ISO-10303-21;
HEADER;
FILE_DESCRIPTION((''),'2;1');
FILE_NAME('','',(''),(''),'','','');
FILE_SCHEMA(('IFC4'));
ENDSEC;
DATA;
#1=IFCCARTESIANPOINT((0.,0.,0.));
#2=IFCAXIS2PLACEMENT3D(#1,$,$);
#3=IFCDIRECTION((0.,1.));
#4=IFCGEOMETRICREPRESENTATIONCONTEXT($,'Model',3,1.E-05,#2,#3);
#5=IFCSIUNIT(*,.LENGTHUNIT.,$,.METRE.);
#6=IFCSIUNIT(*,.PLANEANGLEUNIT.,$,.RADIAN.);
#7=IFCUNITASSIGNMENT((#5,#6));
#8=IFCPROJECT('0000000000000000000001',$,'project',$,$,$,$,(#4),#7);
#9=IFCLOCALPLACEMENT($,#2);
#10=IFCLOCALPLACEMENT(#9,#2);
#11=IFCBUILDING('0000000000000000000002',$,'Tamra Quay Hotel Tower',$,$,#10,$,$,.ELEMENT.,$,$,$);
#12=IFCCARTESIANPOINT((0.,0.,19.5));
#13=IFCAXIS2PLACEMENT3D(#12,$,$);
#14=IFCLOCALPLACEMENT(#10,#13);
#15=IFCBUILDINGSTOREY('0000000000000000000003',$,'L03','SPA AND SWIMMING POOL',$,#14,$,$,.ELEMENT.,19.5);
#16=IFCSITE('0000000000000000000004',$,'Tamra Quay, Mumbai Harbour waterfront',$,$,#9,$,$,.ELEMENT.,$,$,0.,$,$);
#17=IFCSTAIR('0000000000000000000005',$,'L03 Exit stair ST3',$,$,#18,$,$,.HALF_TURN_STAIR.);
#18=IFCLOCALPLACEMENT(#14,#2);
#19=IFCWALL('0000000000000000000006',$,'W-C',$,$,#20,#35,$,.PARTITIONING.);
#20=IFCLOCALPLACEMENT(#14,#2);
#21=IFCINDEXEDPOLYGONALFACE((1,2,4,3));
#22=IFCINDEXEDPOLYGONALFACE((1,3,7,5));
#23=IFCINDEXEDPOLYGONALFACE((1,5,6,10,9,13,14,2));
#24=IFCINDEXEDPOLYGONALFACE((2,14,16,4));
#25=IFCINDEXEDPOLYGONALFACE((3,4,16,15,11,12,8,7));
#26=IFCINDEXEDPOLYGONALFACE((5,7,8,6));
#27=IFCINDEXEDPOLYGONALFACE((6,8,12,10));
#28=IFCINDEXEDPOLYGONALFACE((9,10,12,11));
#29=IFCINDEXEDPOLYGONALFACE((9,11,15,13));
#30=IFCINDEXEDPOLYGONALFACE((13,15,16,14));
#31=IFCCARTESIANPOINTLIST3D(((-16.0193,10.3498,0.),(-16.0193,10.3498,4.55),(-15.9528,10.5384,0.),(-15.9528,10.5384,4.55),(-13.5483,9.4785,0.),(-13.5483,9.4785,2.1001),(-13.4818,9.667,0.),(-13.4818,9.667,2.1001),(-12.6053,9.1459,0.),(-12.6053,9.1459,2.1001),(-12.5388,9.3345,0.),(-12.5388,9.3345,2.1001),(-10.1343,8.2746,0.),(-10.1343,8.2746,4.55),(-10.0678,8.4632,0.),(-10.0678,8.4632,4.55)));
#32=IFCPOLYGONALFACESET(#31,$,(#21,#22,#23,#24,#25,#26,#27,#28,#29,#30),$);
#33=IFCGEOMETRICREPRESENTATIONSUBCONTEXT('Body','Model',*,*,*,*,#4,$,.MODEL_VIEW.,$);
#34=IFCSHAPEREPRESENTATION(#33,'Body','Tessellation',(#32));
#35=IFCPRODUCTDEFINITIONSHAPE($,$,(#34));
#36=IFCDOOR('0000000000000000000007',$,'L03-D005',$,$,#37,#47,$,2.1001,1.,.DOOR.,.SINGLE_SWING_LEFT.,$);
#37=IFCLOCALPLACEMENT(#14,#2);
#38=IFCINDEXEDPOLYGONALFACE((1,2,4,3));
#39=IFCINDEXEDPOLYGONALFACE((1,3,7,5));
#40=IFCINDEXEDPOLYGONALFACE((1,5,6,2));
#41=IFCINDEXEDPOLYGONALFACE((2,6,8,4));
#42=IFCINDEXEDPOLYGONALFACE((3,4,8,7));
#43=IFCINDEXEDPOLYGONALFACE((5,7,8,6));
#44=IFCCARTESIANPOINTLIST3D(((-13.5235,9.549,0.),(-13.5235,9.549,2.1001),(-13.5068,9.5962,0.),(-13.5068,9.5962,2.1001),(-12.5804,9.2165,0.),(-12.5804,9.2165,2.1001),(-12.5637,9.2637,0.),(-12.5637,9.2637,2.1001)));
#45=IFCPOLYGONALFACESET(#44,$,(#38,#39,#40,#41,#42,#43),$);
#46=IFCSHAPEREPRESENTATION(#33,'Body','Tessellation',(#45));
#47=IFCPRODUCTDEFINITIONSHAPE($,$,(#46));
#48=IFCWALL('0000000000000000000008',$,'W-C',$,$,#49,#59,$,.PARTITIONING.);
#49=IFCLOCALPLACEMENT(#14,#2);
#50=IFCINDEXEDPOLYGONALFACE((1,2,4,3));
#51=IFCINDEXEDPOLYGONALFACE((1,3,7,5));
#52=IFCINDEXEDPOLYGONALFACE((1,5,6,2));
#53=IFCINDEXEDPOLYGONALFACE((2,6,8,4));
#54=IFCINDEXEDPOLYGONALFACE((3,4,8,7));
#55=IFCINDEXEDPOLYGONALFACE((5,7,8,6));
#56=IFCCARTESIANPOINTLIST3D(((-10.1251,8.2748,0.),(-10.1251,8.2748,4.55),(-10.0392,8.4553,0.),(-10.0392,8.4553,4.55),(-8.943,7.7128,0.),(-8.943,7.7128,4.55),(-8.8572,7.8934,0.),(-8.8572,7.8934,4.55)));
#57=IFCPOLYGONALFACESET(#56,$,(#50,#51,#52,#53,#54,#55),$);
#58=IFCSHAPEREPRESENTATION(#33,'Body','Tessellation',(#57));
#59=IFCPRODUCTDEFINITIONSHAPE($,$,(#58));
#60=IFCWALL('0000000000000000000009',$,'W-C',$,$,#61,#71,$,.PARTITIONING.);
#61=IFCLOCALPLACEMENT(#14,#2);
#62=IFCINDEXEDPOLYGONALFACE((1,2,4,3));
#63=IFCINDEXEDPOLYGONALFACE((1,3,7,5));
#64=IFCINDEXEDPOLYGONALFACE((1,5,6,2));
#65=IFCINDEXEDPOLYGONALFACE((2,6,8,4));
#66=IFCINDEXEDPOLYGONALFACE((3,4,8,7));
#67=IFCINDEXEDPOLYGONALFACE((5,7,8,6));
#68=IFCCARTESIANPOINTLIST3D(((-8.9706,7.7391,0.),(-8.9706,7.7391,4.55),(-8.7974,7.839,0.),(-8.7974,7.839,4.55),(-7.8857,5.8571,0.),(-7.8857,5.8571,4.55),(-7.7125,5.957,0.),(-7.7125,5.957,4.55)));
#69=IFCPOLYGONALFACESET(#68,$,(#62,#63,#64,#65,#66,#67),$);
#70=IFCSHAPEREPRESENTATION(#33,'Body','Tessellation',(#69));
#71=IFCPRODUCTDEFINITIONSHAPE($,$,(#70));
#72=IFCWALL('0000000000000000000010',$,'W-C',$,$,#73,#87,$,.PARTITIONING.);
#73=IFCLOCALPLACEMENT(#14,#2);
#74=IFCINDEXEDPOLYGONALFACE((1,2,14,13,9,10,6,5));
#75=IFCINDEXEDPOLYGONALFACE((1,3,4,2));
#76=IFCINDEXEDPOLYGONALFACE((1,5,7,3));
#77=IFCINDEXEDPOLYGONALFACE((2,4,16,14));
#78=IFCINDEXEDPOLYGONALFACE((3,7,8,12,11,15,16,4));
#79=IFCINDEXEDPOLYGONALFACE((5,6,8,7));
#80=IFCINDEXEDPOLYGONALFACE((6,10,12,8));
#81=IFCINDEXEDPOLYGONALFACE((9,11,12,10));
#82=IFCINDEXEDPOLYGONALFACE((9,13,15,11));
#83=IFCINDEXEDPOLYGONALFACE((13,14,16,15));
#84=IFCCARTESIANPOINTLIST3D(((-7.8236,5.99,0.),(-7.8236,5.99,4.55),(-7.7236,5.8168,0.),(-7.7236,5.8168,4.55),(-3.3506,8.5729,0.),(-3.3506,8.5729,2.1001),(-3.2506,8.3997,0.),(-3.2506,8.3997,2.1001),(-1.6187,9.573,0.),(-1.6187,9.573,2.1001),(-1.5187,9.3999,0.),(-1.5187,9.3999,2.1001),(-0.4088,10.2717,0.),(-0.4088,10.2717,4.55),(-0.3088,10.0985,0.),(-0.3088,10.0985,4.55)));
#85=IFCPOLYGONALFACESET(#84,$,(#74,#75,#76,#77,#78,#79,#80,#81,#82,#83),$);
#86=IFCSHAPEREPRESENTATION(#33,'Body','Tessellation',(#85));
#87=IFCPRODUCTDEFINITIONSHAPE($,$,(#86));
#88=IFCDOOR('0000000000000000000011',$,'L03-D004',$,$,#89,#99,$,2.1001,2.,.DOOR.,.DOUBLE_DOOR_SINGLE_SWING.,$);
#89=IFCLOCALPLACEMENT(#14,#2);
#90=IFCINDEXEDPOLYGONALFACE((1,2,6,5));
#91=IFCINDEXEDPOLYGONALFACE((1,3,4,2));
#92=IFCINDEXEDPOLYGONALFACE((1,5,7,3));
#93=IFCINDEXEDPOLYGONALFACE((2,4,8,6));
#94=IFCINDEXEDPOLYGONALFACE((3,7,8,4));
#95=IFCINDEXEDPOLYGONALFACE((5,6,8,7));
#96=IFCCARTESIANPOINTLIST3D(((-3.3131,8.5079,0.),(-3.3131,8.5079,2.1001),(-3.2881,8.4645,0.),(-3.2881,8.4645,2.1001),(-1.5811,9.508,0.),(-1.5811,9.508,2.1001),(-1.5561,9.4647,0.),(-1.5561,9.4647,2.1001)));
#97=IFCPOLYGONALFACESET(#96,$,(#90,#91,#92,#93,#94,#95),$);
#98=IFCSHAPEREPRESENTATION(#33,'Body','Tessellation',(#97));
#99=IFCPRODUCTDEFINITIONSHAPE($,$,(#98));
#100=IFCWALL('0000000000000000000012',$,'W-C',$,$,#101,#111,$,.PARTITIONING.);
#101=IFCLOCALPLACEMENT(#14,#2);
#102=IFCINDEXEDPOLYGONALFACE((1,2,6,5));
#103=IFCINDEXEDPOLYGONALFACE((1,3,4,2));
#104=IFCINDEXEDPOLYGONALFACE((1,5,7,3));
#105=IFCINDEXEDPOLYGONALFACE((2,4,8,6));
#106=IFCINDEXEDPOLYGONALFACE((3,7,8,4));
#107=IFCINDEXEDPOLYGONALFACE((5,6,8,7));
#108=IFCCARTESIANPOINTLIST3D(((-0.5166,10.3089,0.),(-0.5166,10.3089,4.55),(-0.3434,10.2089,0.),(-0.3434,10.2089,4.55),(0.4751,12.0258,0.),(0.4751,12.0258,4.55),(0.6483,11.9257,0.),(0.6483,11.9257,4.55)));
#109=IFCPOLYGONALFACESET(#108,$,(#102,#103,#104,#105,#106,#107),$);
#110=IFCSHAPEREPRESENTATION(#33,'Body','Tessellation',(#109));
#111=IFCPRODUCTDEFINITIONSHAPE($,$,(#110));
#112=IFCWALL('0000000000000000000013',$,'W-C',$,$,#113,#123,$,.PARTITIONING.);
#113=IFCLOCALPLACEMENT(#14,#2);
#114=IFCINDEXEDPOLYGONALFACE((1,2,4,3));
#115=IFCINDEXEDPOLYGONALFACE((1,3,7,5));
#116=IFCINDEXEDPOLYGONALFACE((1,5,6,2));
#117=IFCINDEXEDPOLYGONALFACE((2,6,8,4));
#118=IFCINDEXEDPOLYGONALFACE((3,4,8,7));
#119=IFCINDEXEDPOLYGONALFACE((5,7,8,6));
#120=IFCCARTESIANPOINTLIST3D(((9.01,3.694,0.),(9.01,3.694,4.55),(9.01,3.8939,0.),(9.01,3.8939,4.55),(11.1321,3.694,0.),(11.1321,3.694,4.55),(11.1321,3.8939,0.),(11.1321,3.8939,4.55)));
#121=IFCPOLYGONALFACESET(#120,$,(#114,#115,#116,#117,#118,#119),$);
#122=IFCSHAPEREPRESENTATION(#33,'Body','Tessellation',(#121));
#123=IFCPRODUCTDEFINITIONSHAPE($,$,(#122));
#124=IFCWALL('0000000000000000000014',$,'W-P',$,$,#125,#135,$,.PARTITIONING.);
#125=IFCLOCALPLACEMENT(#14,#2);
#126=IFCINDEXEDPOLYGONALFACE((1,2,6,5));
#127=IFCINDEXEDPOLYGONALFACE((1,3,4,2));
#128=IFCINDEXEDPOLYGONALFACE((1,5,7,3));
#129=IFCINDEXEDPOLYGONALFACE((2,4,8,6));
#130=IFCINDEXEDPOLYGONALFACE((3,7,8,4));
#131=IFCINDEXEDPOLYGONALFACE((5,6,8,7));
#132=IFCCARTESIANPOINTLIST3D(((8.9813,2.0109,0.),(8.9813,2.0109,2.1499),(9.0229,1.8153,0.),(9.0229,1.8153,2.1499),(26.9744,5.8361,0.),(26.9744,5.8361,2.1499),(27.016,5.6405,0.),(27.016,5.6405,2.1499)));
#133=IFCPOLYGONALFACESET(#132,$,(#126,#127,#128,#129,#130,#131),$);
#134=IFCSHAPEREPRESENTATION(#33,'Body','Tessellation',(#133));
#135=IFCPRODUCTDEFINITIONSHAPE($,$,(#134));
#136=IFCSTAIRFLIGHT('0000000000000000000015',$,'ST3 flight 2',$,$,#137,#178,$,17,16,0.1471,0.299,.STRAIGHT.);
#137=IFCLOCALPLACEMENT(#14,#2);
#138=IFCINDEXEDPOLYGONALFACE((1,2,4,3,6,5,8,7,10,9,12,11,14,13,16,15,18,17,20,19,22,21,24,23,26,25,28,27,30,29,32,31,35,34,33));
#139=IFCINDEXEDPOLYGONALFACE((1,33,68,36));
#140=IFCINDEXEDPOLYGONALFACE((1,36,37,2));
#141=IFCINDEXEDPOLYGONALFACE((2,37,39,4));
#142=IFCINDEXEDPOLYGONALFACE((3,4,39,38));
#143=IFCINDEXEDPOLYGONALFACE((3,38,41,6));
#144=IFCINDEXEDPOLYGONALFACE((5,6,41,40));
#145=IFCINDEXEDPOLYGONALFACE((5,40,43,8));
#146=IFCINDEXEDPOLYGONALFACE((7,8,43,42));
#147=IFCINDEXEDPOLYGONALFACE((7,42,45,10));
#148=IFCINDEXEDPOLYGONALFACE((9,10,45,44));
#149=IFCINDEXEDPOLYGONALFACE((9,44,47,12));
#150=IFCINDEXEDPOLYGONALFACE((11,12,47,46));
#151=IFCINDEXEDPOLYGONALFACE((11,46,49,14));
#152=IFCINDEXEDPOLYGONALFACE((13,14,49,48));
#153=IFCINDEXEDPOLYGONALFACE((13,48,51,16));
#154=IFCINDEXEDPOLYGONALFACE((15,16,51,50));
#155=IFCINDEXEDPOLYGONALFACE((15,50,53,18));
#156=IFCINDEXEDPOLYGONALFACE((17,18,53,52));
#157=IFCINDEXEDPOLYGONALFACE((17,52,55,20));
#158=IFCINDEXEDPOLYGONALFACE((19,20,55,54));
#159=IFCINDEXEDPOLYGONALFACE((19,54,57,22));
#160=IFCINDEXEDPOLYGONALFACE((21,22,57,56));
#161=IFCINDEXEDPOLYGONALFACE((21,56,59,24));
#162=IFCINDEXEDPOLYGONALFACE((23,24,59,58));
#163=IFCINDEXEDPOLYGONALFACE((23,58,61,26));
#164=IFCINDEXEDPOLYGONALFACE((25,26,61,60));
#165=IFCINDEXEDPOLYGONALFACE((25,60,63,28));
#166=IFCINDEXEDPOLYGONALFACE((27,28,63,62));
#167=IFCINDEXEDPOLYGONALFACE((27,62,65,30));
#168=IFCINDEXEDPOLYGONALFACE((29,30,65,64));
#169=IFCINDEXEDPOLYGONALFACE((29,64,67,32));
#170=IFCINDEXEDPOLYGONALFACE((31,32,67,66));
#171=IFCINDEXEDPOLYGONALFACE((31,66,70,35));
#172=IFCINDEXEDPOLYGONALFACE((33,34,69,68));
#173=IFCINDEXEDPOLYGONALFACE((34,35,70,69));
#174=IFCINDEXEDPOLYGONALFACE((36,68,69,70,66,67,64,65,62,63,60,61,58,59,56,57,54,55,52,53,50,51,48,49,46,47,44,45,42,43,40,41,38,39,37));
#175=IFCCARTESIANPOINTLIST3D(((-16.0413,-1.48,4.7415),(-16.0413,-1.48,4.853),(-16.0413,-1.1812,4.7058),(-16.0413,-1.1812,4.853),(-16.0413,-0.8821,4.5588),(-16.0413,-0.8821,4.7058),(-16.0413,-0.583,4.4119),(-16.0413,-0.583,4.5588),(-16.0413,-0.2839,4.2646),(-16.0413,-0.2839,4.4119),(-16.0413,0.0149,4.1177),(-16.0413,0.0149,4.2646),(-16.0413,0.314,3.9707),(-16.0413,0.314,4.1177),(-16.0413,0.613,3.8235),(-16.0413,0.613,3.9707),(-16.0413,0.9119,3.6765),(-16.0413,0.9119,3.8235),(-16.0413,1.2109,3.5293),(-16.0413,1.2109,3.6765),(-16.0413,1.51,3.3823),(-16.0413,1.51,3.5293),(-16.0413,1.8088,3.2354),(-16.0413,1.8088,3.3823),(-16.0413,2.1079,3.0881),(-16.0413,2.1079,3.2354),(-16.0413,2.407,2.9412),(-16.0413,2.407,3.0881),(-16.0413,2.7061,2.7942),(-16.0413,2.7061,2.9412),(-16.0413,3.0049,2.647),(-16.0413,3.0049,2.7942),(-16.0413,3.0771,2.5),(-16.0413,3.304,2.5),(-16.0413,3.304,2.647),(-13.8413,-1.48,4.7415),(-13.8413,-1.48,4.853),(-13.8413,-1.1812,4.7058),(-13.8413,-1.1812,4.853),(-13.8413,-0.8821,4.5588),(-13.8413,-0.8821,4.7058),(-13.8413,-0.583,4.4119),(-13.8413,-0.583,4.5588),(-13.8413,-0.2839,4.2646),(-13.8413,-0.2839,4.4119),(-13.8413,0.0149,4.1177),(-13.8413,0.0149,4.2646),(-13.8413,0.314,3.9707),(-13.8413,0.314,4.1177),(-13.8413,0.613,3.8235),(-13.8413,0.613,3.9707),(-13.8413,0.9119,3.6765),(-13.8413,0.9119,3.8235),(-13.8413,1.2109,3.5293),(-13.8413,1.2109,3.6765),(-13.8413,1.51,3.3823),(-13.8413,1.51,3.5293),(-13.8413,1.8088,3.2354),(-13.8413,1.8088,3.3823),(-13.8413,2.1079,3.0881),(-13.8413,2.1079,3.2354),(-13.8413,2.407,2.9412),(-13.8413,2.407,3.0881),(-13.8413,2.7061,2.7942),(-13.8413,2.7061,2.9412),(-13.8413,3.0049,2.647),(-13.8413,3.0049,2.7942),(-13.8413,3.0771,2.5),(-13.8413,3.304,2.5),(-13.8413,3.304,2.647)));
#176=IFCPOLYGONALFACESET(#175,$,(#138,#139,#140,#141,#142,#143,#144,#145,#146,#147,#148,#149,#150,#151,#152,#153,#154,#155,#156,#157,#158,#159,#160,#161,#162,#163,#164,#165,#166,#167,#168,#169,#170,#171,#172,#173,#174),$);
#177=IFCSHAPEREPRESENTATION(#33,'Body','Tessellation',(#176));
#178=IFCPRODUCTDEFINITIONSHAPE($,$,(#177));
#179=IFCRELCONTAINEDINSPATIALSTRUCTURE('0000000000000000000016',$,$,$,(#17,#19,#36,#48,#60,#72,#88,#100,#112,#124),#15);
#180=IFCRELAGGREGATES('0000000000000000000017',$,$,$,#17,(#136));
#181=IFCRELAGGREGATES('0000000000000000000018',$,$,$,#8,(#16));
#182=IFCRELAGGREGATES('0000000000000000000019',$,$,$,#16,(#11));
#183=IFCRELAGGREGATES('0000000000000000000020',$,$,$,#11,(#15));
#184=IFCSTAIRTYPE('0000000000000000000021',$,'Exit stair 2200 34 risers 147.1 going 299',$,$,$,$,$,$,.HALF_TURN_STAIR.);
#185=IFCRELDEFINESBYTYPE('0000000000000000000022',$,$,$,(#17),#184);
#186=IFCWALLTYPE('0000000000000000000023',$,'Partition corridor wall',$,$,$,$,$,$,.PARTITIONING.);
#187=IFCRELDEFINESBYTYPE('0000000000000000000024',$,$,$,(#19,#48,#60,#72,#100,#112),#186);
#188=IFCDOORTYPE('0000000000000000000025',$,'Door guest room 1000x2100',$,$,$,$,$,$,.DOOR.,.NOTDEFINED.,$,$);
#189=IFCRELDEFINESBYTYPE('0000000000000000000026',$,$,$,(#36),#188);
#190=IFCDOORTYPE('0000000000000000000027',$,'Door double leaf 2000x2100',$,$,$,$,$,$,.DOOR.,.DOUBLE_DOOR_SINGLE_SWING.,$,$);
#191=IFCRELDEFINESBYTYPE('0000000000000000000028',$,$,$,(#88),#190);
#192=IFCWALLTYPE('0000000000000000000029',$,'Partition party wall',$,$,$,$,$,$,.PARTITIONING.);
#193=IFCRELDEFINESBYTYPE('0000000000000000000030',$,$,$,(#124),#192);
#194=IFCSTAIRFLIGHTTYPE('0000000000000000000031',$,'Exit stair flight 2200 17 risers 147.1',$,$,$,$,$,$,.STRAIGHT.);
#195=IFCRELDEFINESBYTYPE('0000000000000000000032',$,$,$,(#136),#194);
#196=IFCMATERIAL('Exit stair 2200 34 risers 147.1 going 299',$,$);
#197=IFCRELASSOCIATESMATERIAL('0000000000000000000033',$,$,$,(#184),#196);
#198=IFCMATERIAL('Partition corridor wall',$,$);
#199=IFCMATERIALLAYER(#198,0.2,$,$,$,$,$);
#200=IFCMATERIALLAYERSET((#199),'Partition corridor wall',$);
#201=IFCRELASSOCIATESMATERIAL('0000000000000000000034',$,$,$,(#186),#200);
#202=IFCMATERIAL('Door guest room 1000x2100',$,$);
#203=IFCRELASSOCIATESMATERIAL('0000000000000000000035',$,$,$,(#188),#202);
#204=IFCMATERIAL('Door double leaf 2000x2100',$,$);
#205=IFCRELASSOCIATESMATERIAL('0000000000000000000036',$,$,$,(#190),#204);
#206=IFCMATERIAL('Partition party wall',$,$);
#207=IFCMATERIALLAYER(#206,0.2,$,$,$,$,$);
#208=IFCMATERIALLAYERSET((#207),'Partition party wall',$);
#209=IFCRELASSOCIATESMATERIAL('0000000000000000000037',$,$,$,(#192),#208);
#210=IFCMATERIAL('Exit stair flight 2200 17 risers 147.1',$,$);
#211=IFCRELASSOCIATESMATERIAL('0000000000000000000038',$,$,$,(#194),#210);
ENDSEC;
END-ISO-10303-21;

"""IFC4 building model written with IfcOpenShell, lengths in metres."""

from ifc_helpers import new_model, si_unit, direction, frame, frame_2d, origin, place, context, subcontext, project, spatial, polyline, rectangle, outline, extrude, material, layer, layer_set, type_object, element, fill, aggregate, save


model = new_model("IFC4")

# Units and contexts
model_context = context("Model", 3, precision=1e-05, world=origin(), true_north=direction((0.0, 1.0)))
body_context = subcontext(model_context, "Body", "Model", "MODEL_VIEW")
ifc_project = project(units=[si_unit("LENGTHUNIT", "METRE"), si_unit("PLANEANGLEUNIT", "RADIAN")], contexts=[model_context])

# Site, building, storey
site_placement = place(None, origin())
site = spatial("IfcSite", under=ifc_project, at=site_placement, Name="Tamra Quay, Mumbai Harbour waterfront", CompositionType="ELEMENT", RefElevation=0.0)
building_placement = place(site_placement, origin())
building = spatial("IfcBuilding", under=site, at=building_placement, Name="Tamra Quay Hotel Tower", CompositionType="ELEMENT")
storey_placement = place(building_placement, frame((0.0, 0.0, 19.5)))
storey = spatial("IfcBuildingStorey", under=building, at=storey_placement, Name="L03", Description="SPA AND SWIMMING POOL", CompositionType="ELEMENT", Elevation=19.5)

# Stair
ifc_material_1 = material(Name="Exit stair 2200 34 risers 147.1 going 299")
stair_type = type_object("IfcStairType", Name="Exit stair 2200 34 risers 147.1 going 299", PredefinedType="HALF_TURN_STAIR", material=ifc_material_1)
stair_1_placement = place(storey_placement, origin())
stair_1 = element("IfcStair", 1, at=stair_1_placement, inside=storey, type_object=stair_type, Name="L03 Exit stair ST3", PredefinedType="HALF_TURN_STAIR")

# Wall, opening, door
ifc_material_2 = material(Name="Partition corridor wall")
ifc_layer_1 = layer(ifc_material_2, 0.2)
ifc_layer_set_1 = layer_set([ifc_layer_1], Name="Partition corridor wall")
wall_type_1 = type_object("IfcWallType", Name="Partition corridor wall", PredefinedType="PARTITIONING", material=ifc_layer_set_1)
wall_1_placement = place(storey_placement, frame((-15.9861, 10.4441, 0.0), z_axis=(0.0, 0.0, 1.0), x_axis=(0.943084, -0.332554, 0.0)))
wall_1 = element("IfcWall", 2, at=wall_1_placement, inside=storey, type_object=wall_type_1, Name="W-C", PredefinedType="PARTITIONING", context=body_context, shape_type="SweptSolid", body=[
    extrude(rectangle(XDim=6.2402, YDim=0.2, at=frame_2d((3.1201, 0.0))), origin(), (0.0, 0.0, 1.0), 4.55),
])
opening_1_placement = place(wall_1_placement, frame((2.6201, 0.0, 0.0)))
opening_1 = element("IfcOpeningElement", 3, at=opening_1_placement, cuts=wall_1, PredefinedType="OPENING", context=body_context, shape_type="SweptSolid", body=[
    extrude(rectangle(XDim=1.0, YDim=2.1001, at=frame_2d((0.5, 1.05))), frame((0.0, 0.1099, 0.0), z_axis=(0.0, -1.0, 0.0), x_axis=(1.0, 0.0, 0.0)), (0.0, 0.0, 1.0), 0.22),
])
ifc_material_3 = material(Name="Door guest room 1000x2100")
door_type_1 = type_object("IfcDoorType", Name="Door guest room 1000x2100", OperationType="NOTDEFINED", PredefinedType="DOOR", material=ifc_material_3)
door_1_placement = place(opening_1_placement, origin())
door_1 = element("IfcDoor", 4, at=door_1_placement, inside=storey, type_object=door_type_1, Name="L03-D005", OperationType="SINGLE_SWING_LEFT", OverallHeight=2.1001, OverallWidth=1.0, PredefinedType="DOOR", context=body_context, shape_type="SweptSolid", body=[
    extrude(rectangle(XDim=1.0, YDim=2.1001, at=frame_2d((0.5, 1.05))), frame((0.0, 0.0249, 0.0), z_axis=(0.0, -1.0, 0.0), x_axis=(1.0, 0.0, 0.0)), (0.0, 0.0, 1.0), 0.05),
])
fill(opening_1, door_1)

# Walls
wall_2_placement = place(storey_placement, frame((-10.082, 8.365, 0.0), z_axis=(0.0, 0.0, 1.0), x_axis=(0.903129, -0.429369, 0.0)))
element("IfcWall", 5, at=wall_2_placement, inside=storey, type_object=wall_type_1, Name="W-C", PredefinedType="PARTITIONING", context=body_context, shape_type="SweptSolid", body=[
    extrude(rectangle(XDim=1.3088, YDim=0.2, at=frame_2d((0.6543, 0.0))), origin(), (0.0, 0.0, 1.0), 4.55),
])
wall_3_placement = place(storey_placement, frame((-8.884, 7.7891, 0.0), z_axis=(0.0, 0.0, 1.0), x_axis=(0.499427, -0.866356, 0.0)))
element("IfcWall", 6, at=wall_3_placement, inside=storey, type_object=wall_type_1, Name="W-C", PredefinedType="PARTITIONING", context=body_context, shape_type="SweptSolid", body=[
    extrude(rectangle(XDim=2.1724, YDim=0.2, at=frame_2d((1.0862, 0.0))), origin(), (0.0, 0.0, 1.0), 4.55),
])

# Wall, opening, door
wall_4_placement = place(storey_placement, frame((-7.7737, 5.9033, 0.0), z_axis=(0.0, 0.0, 1.0), x_axis=(0.865985, 0.50007, 0.0)))
wall_4 = element("IfcWall", 7, at=wall_4_placement, inside=storey, type_object=wall_type_1, Name="W-C", PredefinedType="PARTITIONING", context=body_context, shape_type="SweptSolid", body=[
    extrude(rectangle(XDim=8.5623, YDim=0.2, at=frame_2d((4.2812, 0.0))), origin(), (0.0, 0.0, 1.0), 4.55),
])
opening_2_placement = place(wall_4_placement, frame((5.1653, 0.0, 0.0)))
opening_2 = element("IfcOpeningElement", 8, at=opening_2_placement, cuts=wall_4, PredefinedType="OPENING", context=body_context, shape_type="SweptSolid", body=[
    extrude(rectangle(XDim=2.0, YDim=2.1001, at=frame_2d((1.0, 1.05))), frame((0.0, 0.1099, 0.0), z_axis=(0.0, -1.0, 0.0), x_axis=(1.0, 0.0, 0.0)), (0.0, 0.0, 1.0), 0.22),
])
ifc_material_4 = material(Name="Door double leaf 2000x2100")
door_type_2 = type_object("IfcDoorType", Name="Door double leaf 2000x2100", OperationType="DOUBLE_DOOR_SINGLE_SWING", PredefinedType="DOOR", material=ifc_material_4)
door_2_placement = place(opening_2_placement, origin())
door_2 = element("IfcDoor", 9, at=door_2_placement, inside=storey, type_object=door_type_2, Name="L03-D004", OperationType="DOUBLE_DOOR_SINGLE_SWING", OverallHeight=2.1001, OverallWidth=2.0, PredefinedType="DOOR", context=body_context, shape_type="SweptSolid", body=[
    extrude(rectangle(XDim=2.0, YDim=2.1001, at=frame_2d((1.0, 1.05))), frame((0.0, 0.0249, 0.0), z_axis=(0.0, -1.0, 0.0), x_axis=(1.0, 0.0, 0.0)), (0.0, 0.0, 1.0), 0.05),
])
fill(opening_2, door_2)

# Walls
wall_5_placement = place(storey_placement, frame((-0.4299, 10.259, 0.0), z_axis=(0.0, 0.0, 1.0), x_axis=(0.500191, 0.865915, 0.0)))
element("IfcWall", 10, at=wall_5_placement, inside=storey, type_object=wall_type_1, Name="W-C", PredefinedType="PARTITIONING", context=body_context, shape_type="SweptSolid", body=[
    extrude(rectangle(XDim=1.9827, YDim=0.2, at=frame_2d((0.9912, 0.0))), origin(), (0.0, 0.0, 1.0), 4.55),
])
wall_6_placement = place(storey_placement, frame((9.01, 3.7939, 0.0), z_axis=(0.0, 0.0, 1.0), x_axis=(1.0, 0.0, 0.0)))
element("IfcWall", 11, at=wall_6_placement, inside=storey, type_object=wall_type_1, Name="W-C", PredefinedType="PARTITIONING", context=body_context, shape_type="SweptSolid", body=[
    extrude(rectangle(XDim=2.1221, YDim=0.2, at=frame_2d((1.061, 0.0))), origin(), (0.0, 0.0, 1.0), 4.55),
])
ifc_material_5 = material(Name="Partition party wall")
ifc_layer_2 = layer(ifc_material_5, 0.2)
ifc_layer_set_2 = layer_set([ifc_layer_2], Name="Partition party wall")
wall_type_2 = type_object("IfcWallType", Name="Partition party wall", PredefinedType="PARTITIONING", material=ifc_layer_set_2)
wall_7_placement = place(storey_placement, frame((9.002, 1.9131, 0.0), z_axis=(0.0, 0.0, 1.0), x_axis=(0.978141, 0.207944, 0.0)))
element("IfcWall", 12, at=wall_7_placement, inside=storey, type_object=wall_type_2, Name="W-P", PredefinedType="PARTITIONING", context=body_context, shape_type="SweptSolid", body=[
    extrude(rectangle(XDim=18.3953, YDim=0.2, at=frame_2d((9.1978, 0.0))), origin(), (0.0, 0.0, 1.0), 2.1499),
])

# Stair flight
ifc_material_6 = material(Name="Exit stair flight 2200 17 risers 147.1")
stair_flight_type = type_object("IfcStairFlightType", Name="Exit stair flight 2200 17 risers 147.1", PredefinedType="STRAIGHT", material=ifc_material_6)
stair_flight_placement = place(storey_placement, frame((-14.9414, 3.304, 2.5), z_axis=(0.0, 0.0, 1.0), x_axis=(0.0, -1.0, 0.0)))
stair_flight = element("IfcStairFlight", 13, at=stair_flight_placement, type_object=stair_flight_type, Name="ST3 flight 2", NumberOfRisers=17, NumberOfTreads=16, PredefinedType="STRAIGHT", RiserHeight=0.1471, TreadLength=0.299, context=body_context, shape_type="SweptSolid", body=[
    extrude(outline(polyline([(0.0, 0.0), (0.0, 0.147), (0.2991, 0.147), (0.2991, 0.2942), (0.5979, 0.2942), (0.5979, 0.4412), (0.897, 0.4412), (0.897, 0.5881), (1.196, 0.5881), (1.196, 0.7354), (1.4951, 0.7354), (1.4951, 0.8823), (1.7939, 0.8823), (1.7939, 1.0293), (2.093, 1.0293), (2.093, 1.1765), (2.3921, 1.1765), (2.3921, 1.3235), (2.6909, 1.3235), (2.6909, 1.4707), (2.99, 1.4707), (2.99, 1.6177), (3.2891, 1.6177), (3.2891, 1.7646), (3.5879, 1.7646), (3.5879, 1.9119), (3.887, 1.9119), (3.887, 2.0588), (4.186, 2.0588), (4.186, 2.2058), (4.4851, 2.2058), (4.4851, 2.353), (4.7839, 2.353), (4.7839, 2.5), (4.7839, 2.2415), (0.2268, 0.0), (0.0, 0.0)])), frame((0.0, 1.1001, 0.0), z_axis=(0.0, -1.0, 0.0), x_axis=(1.0, 0.0, 0.0)), (0.0, 0.0, 1.0), 2.2),
])
aggregate(stair_1, [stair_flight])

save(model, "model.ifc")
